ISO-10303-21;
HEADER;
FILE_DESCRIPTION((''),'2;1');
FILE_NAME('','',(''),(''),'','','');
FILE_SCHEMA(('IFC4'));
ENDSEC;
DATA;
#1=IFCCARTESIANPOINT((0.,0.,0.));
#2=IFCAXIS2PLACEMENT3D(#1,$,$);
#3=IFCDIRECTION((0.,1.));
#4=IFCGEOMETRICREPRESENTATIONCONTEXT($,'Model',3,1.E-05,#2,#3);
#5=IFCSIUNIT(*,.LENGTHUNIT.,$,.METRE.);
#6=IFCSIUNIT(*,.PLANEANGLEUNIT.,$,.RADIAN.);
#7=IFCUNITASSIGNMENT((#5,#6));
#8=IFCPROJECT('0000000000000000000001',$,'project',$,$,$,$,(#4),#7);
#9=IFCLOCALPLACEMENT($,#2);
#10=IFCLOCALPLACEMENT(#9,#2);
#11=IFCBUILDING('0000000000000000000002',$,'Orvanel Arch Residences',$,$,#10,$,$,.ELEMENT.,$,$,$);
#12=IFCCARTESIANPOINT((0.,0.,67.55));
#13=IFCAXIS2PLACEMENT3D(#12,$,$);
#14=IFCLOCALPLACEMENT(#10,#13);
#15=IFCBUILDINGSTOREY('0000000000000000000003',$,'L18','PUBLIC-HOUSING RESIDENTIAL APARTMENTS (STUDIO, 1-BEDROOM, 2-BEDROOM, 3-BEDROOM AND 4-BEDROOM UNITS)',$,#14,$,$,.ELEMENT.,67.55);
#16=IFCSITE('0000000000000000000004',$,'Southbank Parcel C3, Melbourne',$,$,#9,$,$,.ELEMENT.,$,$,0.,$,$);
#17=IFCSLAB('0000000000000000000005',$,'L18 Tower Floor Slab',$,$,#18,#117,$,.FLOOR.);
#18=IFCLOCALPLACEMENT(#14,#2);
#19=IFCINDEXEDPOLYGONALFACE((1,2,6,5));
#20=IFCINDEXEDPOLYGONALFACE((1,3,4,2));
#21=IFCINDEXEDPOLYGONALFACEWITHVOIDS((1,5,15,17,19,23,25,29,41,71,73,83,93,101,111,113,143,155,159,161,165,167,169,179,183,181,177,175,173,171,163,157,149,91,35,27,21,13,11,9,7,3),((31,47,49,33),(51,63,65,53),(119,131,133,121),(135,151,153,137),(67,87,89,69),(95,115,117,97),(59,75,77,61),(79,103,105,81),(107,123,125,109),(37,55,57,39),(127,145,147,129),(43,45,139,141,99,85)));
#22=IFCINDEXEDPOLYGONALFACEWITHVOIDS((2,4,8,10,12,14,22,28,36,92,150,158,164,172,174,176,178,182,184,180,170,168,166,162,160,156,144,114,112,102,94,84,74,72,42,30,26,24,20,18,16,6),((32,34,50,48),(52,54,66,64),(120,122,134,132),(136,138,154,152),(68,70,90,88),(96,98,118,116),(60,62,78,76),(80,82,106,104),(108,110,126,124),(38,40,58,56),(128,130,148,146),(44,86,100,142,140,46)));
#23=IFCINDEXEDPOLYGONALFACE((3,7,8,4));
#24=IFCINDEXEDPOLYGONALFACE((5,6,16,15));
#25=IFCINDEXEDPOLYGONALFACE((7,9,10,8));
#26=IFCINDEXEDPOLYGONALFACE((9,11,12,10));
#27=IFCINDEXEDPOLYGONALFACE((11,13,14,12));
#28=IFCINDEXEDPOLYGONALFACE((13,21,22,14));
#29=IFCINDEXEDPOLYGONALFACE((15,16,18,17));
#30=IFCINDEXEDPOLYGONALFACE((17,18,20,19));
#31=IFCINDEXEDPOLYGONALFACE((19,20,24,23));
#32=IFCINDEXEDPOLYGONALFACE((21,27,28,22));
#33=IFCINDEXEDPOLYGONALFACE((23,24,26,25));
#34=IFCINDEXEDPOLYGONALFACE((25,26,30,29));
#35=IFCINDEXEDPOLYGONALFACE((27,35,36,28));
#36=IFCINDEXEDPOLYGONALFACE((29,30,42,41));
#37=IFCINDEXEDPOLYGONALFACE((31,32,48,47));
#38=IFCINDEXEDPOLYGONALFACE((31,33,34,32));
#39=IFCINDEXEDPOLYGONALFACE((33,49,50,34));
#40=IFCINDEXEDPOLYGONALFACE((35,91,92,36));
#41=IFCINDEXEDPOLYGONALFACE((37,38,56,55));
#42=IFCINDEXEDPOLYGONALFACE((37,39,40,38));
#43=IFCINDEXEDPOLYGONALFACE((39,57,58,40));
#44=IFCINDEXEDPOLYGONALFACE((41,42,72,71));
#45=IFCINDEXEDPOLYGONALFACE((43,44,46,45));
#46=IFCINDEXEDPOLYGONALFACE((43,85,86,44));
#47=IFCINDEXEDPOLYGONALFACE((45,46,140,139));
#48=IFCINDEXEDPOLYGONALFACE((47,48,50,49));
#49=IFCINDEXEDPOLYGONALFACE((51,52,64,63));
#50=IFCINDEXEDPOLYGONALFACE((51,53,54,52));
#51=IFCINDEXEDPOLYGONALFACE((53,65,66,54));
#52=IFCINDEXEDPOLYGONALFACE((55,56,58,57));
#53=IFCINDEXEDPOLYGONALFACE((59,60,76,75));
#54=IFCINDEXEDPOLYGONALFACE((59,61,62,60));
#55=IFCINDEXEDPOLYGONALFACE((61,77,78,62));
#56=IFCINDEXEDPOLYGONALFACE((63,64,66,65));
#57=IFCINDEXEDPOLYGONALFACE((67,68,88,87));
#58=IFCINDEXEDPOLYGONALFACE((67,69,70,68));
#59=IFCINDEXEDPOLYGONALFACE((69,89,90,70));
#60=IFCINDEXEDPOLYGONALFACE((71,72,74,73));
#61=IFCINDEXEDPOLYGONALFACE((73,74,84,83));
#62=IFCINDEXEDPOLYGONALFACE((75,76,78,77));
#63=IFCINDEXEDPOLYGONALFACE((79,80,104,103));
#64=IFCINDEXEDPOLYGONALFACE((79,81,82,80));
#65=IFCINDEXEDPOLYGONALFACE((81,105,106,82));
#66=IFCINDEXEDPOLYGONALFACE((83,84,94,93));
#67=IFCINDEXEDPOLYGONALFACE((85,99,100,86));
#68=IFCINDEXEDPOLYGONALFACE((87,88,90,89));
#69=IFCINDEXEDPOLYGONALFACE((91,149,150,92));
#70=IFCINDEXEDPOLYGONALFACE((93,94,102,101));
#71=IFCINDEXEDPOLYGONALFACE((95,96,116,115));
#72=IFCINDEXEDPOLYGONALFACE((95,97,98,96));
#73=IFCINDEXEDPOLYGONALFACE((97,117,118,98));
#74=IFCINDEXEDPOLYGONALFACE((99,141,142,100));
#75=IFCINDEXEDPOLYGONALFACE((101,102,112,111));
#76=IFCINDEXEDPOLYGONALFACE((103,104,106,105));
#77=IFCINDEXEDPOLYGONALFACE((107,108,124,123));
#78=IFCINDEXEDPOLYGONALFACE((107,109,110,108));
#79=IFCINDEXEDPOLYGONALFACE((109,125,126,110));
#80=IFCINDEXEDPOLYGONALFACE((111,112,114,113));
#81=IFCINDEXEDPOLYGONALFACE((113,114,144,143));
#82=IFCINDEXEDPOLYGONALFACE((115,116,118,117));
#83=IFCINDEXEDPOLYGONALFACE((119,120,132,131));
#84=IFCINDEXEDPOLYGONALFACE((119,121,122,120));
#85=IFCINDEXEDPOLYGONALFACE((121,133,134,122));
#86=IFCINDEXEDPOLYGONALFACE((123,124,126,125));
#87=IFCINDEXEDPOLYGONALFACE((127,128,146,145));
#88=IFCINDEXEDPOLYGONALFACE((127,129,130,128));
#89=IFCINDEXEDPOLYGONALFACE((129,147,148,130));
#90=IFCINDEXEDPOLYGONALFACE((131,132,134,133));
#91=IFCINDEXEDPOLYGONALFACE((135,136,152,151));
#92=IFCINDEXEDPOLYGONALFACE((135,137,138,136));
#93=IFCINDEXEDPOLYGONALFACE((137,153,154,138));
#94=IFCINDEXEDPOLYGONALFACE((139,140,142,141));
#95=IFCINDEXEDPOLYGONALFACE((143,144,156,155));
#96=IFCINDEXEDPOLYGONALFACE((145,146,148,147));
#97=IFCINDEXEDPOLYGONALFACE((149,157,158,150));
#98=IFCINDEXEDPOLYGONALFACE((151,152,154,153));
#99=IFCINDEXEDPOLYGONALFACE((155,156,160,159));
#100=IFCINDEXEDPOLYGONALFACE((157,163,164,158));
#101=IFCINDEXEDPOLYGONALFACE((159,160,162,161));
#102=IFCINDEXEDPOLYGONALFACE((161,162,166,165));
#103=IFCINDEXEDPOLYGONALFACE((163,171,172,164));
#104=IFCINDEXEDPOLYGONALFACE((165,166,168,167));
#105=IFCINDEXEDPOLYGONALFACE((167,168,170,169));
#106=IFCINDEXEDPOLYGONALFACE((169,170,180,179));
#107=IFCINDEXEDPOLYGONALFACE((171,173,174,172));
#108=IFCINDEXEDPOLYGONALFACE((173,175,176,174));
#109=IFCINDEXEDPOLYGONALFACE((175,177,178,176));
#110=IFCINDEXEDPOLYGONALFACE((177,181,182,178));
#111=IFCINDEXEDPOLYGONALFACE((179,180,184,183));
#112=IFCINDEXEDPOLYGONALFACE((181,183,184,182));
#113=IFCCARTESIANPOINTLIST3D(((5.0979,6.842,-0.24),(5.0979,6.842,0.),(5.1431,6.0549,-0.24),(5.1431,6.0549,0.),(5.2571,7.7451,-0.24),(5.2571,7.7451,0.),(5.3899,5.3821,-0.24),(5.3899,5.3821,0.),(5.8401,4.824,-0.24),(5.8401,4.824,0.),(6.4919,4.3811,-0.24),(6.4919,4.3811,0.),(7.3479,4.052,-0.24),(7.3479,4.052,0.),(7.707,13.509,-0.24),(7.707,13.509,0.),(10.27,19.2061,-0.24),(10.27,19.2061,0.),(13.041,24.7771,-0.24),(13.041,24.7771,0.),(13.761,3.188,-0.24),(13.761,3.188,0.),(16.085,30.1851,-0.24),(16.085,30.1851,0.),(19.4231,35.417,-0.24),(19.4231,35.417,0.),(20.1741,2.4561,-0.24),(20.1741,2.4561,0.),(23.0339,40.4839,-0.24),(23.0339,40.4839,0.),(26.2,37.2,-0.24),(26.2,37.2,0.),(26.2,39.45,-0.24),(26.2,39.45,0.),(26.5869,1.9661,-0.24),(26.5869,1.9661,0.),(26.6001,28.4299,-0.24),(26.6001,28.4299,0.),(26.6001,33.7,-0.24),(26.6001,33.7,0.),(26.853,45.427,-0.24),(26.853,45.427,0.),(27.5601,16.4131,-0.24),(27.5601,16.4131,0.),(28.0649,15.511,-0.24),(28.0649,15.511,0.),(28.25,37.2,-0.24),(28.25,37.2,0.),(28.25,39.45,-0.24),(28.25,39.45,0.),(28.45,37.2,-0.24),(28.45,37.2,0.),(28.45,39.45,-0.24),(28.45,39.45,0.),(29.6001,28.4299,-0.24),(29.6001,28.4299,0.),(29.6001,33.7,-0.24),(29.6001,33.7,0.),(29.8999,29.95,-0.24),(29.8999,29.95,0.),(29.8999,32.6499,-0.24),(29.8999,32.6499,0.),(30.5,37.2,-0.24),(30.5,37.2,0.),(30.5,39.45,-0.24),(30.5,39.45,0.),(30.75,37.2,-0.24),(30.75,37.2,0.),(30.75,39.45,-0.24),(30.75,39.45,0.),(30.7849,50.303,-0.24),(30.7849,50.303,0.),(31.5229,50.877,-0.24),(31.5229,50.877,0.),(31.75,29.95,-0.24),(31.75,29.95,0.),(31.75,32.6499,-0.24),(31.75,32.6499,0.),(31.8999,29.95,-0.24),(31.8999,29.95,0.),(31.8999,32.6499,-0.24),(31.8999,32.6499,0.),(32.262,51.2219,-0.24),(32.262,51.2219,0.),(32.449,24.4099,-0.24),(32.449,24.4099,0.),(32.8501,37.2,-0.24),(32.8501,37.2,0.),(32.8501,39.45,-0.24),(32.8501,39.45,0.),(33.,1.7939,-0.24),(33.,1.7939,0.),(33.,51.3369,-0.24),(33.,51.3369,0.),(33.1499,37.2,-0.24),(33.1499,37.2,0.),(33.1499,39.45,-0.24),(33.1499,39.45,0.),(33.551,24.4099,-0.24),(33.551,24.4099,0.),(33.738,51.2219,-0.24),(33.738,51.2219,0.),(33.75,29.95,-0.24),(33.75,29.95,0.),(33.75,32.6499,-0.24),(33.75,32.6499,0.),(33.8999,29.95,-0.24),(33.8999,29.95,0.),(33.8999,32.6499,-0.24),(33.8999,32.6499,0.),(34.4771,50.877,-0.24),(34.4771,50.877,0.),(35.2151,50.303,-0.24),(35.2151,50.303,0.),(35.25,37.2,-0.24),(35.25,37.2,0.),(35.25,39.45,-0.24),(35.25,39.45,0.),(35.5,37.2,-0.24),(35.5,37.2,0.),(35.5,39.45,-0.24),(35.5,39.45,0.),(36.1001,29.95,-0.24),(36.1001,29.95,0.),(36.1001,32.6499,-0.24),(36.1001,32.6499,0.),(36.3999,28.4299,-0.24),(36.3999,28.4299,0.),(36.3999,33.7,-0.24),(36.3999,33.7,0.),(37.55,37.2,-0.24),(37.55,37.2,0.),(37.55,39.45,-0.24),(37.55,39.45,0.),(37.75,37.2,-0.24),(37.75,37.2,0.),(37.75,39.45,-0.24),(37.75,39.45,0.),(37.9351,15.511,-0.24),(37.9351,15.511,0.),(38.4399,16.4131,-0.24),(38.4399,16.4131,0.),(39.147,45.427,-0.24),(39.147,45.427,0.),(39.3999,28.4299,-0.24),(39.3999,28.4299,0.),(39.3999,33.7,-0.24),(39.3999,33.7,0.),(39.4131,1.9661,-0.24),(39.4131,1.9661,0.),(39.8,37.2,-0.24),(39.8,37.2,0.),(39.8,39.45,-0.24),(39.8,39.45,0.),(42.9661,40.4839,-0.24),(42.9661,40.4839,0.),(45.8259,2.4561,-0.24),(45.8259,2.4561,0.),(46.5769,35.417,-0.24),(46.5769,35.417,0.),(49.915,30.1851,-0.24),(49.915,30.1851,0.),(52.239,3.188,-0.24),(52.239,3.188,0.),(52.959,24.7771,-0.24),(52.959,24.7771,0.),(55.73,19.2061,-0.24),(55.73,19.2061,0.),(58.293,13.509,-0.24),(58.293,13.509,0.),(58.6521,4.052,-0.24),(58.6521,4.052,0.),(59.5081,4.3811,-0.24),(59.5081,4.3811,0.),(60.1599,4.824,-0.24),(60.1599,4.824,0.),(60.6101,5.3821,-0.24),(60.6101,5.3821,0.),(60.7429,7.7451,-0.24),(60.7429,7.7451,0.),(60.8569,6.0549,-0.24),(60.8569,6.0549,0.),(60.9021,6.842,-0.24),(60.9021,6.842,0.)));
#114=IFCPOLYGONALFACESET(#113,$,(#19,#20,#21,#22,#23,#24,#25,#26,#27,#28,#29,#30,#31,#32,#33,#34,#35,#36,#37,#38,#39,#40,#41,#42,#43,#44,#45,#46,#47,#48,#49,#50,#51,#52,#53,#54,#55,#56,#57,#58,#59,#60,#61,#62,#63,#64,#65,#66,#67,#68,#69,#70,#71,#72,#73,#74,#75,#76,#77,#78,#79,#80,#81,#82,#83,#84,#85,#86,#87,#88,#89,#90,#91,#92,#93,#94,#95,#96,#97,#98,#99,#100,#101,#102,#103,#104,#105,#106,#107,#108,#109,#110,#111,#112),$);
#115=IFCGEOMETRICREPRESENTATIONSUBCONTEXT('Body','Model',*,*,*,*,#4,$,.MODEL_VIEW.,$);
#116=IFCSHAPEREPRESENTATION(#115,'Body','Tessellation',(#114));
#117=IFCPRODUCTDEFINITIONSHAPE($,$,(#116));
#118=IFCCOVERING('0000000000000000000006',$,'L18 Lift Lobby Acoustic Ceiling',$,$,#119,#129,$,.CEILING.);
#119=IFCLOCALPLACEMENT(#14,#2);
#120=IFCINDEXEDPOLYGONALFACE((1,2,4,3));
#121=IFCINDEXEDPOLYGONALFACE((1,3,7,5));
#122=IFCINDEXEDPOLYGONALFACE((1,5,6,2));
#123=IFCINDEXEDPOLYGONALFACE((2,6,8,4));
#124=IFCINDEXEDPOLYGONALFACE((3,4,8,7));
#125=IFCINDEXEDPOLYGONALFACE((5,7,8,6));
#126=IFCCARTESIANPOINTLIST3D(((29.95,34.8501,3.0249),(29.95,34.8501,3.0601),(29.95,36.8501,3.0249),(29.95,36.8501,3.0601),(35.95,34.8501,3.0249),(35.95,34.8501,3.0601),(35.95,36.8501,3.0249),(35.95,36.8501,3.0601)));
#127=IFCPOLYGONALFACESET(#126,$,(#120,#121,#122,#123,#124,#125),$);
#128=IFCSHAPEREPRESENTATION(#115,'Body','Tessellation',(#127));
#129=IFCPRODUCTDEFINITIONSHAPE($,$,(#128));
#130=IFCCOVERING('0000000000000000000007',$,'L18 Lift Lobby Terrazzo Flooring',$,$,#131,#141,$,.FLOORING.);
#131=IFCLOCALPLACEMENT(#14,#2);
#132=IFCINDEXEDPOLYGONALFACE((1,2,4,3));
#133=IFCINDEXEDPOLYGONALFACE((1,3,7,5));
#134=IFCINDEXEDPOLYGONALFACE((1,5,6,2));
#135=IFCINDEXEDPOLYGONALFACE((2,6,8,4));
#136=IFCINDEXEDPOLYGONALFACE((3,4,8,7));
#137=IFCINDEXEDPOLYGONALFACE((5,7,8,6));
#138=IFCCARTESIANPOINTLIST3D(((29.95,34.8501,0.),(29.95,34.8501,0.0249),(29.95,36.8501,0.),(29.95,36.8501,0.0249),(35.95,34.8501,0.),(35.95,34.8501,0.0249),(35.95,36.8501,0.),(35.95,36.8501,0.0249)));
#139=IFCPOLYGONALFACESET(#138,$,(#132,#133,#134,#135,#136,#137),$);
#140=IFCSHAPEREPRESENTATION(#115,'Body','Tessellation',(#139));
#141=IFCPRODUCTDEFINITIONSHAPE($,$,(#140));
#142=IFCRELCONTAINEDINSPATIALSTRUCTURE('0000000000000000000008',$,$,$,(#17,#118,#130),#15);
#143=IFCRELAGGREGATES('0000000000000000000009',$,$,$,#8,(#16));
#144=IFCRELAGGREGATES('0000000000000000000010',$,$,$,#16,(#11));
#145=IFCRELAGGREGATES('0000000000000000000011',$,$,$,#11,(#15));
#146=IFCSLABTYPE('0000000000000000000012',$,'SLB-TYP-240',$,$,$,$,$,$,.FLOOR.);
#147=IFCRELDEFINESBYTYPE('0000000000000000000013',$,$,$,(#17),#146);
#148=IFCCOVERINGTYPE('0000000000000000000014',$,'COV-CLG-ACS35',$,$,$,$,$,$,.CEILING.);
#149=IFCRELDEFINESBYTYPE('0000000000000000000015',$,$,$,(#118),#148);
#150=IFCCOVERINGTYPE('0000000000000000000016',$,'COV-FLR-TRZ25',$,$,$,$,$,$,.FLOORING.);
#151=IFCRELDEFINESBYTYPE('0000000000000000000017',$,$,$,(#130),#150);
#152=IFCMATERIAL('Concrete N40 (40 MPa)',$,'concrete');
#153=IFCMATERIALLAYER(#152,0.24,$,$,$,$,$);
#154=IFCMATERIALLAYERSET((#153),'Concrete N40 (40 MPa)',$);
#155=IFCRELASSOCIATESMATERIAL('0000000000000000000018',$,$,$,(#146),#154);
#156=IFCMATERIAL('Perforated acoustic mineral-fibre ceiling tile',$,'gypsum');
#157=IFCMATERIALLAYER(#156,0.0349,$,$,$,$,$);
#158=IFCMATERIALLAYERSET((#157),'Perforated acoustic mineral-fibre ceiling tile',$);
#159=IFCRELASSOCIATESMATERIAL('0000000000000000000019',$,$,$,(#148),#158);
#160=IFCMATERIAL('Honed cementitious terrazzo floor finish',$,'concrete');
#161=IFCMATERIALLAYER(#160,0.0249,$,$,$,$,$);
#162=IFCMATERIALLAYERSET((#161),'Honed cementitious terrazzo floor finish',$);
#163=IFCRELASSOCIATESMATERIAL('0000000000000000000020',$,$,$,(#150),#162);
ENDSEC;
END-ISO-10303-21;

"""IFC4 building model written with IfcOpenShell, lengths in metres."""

from ifc_helpers import new_model, si_unit, direction, frame, origin, place, context, subcontext, project, spatial, polyline, outline, extrude, material, layer, layer_set, type_object, element, save


model = new_model("IFC4")

# Units and contexts
model_context = context("Model", 3, precision=1e-05, world=origin(), true_north=direction((0.0, 1.0)))
body_context = subcontext(model_context, "Body", "Model", "MODEL_VIEW")
ifc_project = project(units=[si_unit("LENGTHUNIT", "METRE"), si_unit("PLANEANGLEUNIT", "RADIAN")], contexts=[model_context])

# Site, building, storey
site_placement = place(None, origin())
site = spatial("IfcSite", under=ifc_project, at=site_placement, Name="Southbank Parcel C3, Melbourne", CompositionType="ELEMENT", RefElevation=0.0)
building_placement = place(site_placement, origin())
building = spatial("IfcBuilding", under=site, at=building_placement, Name="Orvanel Arch Residences", CompositionType="ELEMENT")
storey_placement = place(building_placement, frame((0.0, 0.0, 67.55)))
storey = spatial("IfcBuildingStorey", under=building, at=storey_placement, Name="L18", Description="PUBLIC-HOUSING RESIDENTIAL APARTMENTS (STUDIO, 1-BEDROOM, 2-BEDROOM, 3-BEDROOM AND 4-BEDROOM UNITS)", CompositionType="ELEMENT", Elevation=67.55)

# Shared definitions
ifc_material_1 = material(Name="Concrete N40 (40 MPa)", Category="concrete")

# Slab
ifc_layer_1 = layer(ifc_material_1, 0.24)
ifc_layer_set_1 = layer_set([ifc_layer_1], Name="Concrete N40 (40 MPa)")
slab_type_1 = type_object("IfcSlabType", Name="SLB-TYP-240", PredefinedType="FLOOR", material=ifc_layer_set_1)
slab_1_placement = place(storey_placement, frame((0.0, 0.0, -0.24)))
element("IfcSlab", 1, at=slab_1_placement, inside=storey, type_object=slab_type_1, Name="L18 Tower Floor Slab", PredefinedType="FLOOR", context=body_context, shape_type="SweptSolid", body=[
    extrude(outline(polyline([(35.2151, 50.303), (34.4771, 50.877), (33.738, 51.2219), (33.0, 51.3369), (32.262, 51.2219), (31.5229, 50.877), (30.7849, 50.303), (26.853, 45.427), (23.0339, 40.4839), (19.4231, 35.417), (16.085, 30.1851), (13.041, 24.7771), (10.27, 19.2061), (7.707, 13.509), (5.2571, 7.7451), (5.0979, 6.842), (5.1431, 6.0549), (5.3899, 5.3821), (5.8401, 4.824), (6.4919, 4.3811), (7.3479, 4.052), (13.761, 3.188), (20.1741, 2.4561), (26.5869, 1.9661), (33.0, 1.7939), (39.4131, 1.9661), (45.8259, 2.4561), (52.239, 3.188), (58.6521, 4.052), (59.5081, 4.3811), (60.1599, 4.824), (60.6101, 5.3821), (60.8569, 6.0549), (60.9021, 6.842), (60.7429, 7.7451), (58.293, 13.509), (55.73, 19.2061), (52.959, 24.7771), (49.915, 30.1851), (46.5769, 35.417), (42.9661, 40.4839), (39.147, 45.427), (35.2151, 50.303)]), holes=[polyline([(26.6001, 28.4299), (26.6001, 33.7), (29.6001, 33.7), (29.6001, 28.4299), (26.6001, 28.4299)]), polyline([(36.3999, 28.4299), (36.3999, 33.7), (39.3999, 33.7), (39.3999, 28.4299), (36.3999, 28.4299)]), polyline([(29.8999, 32.6499), (31.75, 32.6499), (31.75, 29.95), (29.8999, 29.95), (29.8999, 32.6499)]), polyline([(31.8999, 32.6499), (33.75, 32.6499), (33.75, 29.95), (31.8999, 29.95), (31.8999, 32.6499)]), polyline([(33.8999, 32.6499), (36.1001, 32.6499), (36.1001, 29.95), (33.8999, 29.95), (33.8999, 32.6499)]), polyline([(26.2, 39.45), (28.25, 39.45), (28.25, 37.2), (26.2, 37.2), (26.2, 39.45)]), polyline([(37.75, 39.45), (39.8, 39.45), (39.8, 37.2), (37.75, 37.2), (37.75, 39.45)]), polyline([(28.45, 39.45), (30.5, 39.45), (30.5, 37.2), (28.45, 37.2), (28.45, 39.45)]), polyline([(35.5, 39.45), (37.55, 39.45), (37.55, 37.2), (35.5, 37.2), (35.5, 39.45)]), polyline([(30.75, 39.45), (32.8501, 39.45), (32.8501, 37.2), (30.75, 37.2), (30.75, 39.45)]), polyline([(33.1499, 39.45), (35.25, 39.45), (35.25, 37.2), (33.1499, 37.2), (33.1499, 39.45)]), polyline([(38.4399, 16.4131), (37.9351, 15.511), (28.0649, 15.511), (27.5601, 16.4131), (32.449, 24.4099), (33.551, 24.4099), (38.4399, 16.4131)])]), origin(), (0.0, 0.0, 1.0), 0.24),
])

# Coverings
ifc_material_2 = material(Name="Perforated acoustic mineral-fibre ceiling tile", Category="gypsum")
ifc_layer_2 = layer(ifc_material_2, 0.0349)
ifc_layer_set_2 = layer_set([ifc_layer_2], Name="Perforated acoustic mineral-fibre ceiling tile")
covering_type_1 = type_object("IfcCoveringType", Name="COV-CLG-ACS35", PredefinedType="CEILING", material=ifc_layer_set_2)
covering_1_placement = place(storey_placement, frame((0.0, 0.0, 3.0249)))
element("IfcCovering", 2, at=covering_1_placement, inside=storey, type_object=covering_type_1, Name="L18 Lift Lobby Acoustic Ceiling", PredefinedType="CEILING", context=body_context, shape_type="SweptSolid", body=[
    extrude(outline(polyline([(29.95, 34.8501), (35.95, 34.8501), (35.95, 36.8501), (29.95, 36.8501), (29.95, 34.8501)])), origin(), (0.0, 0.0, 1.0), 0.0352),
])
ifc_material_3 = material(Name="Honed cementitious terrazzo floor finish", Category="concrete")
ifc_layer_3 = layer(ifc_material_3, 0.0249)
ifc_layer_set_3 = layer_set([ifc_layer_3], Name="Honed cementitious terrazzo floor finish")
covering_type_2 = type_object("IfcCoveringType", Name="COV-FLR-TRZ25", PredefinedType="FLOORING", material=ifc_layer_set_3)
covering_2_placement = place(storey_placement, origin())
element("IfcCovering", 3, at=covering_2_placement, inside=storey, type_object=covering_type_2, Name="L18 Lift Lobby Terrazzo Flooring", PredefinedType="FLOORING", context=body_context, shape_type="SweptSolid", body=[
    extrude(outline(polyline([(29.95, 34.8501), (35.95, 34.8501), (35.95, 36.8501), (29.95, 36.8501), (29.95, 34.8501)])), origin(), (0.0, 0.0, 1.0), 0.0249),
])

save(model, "model.ifc")
